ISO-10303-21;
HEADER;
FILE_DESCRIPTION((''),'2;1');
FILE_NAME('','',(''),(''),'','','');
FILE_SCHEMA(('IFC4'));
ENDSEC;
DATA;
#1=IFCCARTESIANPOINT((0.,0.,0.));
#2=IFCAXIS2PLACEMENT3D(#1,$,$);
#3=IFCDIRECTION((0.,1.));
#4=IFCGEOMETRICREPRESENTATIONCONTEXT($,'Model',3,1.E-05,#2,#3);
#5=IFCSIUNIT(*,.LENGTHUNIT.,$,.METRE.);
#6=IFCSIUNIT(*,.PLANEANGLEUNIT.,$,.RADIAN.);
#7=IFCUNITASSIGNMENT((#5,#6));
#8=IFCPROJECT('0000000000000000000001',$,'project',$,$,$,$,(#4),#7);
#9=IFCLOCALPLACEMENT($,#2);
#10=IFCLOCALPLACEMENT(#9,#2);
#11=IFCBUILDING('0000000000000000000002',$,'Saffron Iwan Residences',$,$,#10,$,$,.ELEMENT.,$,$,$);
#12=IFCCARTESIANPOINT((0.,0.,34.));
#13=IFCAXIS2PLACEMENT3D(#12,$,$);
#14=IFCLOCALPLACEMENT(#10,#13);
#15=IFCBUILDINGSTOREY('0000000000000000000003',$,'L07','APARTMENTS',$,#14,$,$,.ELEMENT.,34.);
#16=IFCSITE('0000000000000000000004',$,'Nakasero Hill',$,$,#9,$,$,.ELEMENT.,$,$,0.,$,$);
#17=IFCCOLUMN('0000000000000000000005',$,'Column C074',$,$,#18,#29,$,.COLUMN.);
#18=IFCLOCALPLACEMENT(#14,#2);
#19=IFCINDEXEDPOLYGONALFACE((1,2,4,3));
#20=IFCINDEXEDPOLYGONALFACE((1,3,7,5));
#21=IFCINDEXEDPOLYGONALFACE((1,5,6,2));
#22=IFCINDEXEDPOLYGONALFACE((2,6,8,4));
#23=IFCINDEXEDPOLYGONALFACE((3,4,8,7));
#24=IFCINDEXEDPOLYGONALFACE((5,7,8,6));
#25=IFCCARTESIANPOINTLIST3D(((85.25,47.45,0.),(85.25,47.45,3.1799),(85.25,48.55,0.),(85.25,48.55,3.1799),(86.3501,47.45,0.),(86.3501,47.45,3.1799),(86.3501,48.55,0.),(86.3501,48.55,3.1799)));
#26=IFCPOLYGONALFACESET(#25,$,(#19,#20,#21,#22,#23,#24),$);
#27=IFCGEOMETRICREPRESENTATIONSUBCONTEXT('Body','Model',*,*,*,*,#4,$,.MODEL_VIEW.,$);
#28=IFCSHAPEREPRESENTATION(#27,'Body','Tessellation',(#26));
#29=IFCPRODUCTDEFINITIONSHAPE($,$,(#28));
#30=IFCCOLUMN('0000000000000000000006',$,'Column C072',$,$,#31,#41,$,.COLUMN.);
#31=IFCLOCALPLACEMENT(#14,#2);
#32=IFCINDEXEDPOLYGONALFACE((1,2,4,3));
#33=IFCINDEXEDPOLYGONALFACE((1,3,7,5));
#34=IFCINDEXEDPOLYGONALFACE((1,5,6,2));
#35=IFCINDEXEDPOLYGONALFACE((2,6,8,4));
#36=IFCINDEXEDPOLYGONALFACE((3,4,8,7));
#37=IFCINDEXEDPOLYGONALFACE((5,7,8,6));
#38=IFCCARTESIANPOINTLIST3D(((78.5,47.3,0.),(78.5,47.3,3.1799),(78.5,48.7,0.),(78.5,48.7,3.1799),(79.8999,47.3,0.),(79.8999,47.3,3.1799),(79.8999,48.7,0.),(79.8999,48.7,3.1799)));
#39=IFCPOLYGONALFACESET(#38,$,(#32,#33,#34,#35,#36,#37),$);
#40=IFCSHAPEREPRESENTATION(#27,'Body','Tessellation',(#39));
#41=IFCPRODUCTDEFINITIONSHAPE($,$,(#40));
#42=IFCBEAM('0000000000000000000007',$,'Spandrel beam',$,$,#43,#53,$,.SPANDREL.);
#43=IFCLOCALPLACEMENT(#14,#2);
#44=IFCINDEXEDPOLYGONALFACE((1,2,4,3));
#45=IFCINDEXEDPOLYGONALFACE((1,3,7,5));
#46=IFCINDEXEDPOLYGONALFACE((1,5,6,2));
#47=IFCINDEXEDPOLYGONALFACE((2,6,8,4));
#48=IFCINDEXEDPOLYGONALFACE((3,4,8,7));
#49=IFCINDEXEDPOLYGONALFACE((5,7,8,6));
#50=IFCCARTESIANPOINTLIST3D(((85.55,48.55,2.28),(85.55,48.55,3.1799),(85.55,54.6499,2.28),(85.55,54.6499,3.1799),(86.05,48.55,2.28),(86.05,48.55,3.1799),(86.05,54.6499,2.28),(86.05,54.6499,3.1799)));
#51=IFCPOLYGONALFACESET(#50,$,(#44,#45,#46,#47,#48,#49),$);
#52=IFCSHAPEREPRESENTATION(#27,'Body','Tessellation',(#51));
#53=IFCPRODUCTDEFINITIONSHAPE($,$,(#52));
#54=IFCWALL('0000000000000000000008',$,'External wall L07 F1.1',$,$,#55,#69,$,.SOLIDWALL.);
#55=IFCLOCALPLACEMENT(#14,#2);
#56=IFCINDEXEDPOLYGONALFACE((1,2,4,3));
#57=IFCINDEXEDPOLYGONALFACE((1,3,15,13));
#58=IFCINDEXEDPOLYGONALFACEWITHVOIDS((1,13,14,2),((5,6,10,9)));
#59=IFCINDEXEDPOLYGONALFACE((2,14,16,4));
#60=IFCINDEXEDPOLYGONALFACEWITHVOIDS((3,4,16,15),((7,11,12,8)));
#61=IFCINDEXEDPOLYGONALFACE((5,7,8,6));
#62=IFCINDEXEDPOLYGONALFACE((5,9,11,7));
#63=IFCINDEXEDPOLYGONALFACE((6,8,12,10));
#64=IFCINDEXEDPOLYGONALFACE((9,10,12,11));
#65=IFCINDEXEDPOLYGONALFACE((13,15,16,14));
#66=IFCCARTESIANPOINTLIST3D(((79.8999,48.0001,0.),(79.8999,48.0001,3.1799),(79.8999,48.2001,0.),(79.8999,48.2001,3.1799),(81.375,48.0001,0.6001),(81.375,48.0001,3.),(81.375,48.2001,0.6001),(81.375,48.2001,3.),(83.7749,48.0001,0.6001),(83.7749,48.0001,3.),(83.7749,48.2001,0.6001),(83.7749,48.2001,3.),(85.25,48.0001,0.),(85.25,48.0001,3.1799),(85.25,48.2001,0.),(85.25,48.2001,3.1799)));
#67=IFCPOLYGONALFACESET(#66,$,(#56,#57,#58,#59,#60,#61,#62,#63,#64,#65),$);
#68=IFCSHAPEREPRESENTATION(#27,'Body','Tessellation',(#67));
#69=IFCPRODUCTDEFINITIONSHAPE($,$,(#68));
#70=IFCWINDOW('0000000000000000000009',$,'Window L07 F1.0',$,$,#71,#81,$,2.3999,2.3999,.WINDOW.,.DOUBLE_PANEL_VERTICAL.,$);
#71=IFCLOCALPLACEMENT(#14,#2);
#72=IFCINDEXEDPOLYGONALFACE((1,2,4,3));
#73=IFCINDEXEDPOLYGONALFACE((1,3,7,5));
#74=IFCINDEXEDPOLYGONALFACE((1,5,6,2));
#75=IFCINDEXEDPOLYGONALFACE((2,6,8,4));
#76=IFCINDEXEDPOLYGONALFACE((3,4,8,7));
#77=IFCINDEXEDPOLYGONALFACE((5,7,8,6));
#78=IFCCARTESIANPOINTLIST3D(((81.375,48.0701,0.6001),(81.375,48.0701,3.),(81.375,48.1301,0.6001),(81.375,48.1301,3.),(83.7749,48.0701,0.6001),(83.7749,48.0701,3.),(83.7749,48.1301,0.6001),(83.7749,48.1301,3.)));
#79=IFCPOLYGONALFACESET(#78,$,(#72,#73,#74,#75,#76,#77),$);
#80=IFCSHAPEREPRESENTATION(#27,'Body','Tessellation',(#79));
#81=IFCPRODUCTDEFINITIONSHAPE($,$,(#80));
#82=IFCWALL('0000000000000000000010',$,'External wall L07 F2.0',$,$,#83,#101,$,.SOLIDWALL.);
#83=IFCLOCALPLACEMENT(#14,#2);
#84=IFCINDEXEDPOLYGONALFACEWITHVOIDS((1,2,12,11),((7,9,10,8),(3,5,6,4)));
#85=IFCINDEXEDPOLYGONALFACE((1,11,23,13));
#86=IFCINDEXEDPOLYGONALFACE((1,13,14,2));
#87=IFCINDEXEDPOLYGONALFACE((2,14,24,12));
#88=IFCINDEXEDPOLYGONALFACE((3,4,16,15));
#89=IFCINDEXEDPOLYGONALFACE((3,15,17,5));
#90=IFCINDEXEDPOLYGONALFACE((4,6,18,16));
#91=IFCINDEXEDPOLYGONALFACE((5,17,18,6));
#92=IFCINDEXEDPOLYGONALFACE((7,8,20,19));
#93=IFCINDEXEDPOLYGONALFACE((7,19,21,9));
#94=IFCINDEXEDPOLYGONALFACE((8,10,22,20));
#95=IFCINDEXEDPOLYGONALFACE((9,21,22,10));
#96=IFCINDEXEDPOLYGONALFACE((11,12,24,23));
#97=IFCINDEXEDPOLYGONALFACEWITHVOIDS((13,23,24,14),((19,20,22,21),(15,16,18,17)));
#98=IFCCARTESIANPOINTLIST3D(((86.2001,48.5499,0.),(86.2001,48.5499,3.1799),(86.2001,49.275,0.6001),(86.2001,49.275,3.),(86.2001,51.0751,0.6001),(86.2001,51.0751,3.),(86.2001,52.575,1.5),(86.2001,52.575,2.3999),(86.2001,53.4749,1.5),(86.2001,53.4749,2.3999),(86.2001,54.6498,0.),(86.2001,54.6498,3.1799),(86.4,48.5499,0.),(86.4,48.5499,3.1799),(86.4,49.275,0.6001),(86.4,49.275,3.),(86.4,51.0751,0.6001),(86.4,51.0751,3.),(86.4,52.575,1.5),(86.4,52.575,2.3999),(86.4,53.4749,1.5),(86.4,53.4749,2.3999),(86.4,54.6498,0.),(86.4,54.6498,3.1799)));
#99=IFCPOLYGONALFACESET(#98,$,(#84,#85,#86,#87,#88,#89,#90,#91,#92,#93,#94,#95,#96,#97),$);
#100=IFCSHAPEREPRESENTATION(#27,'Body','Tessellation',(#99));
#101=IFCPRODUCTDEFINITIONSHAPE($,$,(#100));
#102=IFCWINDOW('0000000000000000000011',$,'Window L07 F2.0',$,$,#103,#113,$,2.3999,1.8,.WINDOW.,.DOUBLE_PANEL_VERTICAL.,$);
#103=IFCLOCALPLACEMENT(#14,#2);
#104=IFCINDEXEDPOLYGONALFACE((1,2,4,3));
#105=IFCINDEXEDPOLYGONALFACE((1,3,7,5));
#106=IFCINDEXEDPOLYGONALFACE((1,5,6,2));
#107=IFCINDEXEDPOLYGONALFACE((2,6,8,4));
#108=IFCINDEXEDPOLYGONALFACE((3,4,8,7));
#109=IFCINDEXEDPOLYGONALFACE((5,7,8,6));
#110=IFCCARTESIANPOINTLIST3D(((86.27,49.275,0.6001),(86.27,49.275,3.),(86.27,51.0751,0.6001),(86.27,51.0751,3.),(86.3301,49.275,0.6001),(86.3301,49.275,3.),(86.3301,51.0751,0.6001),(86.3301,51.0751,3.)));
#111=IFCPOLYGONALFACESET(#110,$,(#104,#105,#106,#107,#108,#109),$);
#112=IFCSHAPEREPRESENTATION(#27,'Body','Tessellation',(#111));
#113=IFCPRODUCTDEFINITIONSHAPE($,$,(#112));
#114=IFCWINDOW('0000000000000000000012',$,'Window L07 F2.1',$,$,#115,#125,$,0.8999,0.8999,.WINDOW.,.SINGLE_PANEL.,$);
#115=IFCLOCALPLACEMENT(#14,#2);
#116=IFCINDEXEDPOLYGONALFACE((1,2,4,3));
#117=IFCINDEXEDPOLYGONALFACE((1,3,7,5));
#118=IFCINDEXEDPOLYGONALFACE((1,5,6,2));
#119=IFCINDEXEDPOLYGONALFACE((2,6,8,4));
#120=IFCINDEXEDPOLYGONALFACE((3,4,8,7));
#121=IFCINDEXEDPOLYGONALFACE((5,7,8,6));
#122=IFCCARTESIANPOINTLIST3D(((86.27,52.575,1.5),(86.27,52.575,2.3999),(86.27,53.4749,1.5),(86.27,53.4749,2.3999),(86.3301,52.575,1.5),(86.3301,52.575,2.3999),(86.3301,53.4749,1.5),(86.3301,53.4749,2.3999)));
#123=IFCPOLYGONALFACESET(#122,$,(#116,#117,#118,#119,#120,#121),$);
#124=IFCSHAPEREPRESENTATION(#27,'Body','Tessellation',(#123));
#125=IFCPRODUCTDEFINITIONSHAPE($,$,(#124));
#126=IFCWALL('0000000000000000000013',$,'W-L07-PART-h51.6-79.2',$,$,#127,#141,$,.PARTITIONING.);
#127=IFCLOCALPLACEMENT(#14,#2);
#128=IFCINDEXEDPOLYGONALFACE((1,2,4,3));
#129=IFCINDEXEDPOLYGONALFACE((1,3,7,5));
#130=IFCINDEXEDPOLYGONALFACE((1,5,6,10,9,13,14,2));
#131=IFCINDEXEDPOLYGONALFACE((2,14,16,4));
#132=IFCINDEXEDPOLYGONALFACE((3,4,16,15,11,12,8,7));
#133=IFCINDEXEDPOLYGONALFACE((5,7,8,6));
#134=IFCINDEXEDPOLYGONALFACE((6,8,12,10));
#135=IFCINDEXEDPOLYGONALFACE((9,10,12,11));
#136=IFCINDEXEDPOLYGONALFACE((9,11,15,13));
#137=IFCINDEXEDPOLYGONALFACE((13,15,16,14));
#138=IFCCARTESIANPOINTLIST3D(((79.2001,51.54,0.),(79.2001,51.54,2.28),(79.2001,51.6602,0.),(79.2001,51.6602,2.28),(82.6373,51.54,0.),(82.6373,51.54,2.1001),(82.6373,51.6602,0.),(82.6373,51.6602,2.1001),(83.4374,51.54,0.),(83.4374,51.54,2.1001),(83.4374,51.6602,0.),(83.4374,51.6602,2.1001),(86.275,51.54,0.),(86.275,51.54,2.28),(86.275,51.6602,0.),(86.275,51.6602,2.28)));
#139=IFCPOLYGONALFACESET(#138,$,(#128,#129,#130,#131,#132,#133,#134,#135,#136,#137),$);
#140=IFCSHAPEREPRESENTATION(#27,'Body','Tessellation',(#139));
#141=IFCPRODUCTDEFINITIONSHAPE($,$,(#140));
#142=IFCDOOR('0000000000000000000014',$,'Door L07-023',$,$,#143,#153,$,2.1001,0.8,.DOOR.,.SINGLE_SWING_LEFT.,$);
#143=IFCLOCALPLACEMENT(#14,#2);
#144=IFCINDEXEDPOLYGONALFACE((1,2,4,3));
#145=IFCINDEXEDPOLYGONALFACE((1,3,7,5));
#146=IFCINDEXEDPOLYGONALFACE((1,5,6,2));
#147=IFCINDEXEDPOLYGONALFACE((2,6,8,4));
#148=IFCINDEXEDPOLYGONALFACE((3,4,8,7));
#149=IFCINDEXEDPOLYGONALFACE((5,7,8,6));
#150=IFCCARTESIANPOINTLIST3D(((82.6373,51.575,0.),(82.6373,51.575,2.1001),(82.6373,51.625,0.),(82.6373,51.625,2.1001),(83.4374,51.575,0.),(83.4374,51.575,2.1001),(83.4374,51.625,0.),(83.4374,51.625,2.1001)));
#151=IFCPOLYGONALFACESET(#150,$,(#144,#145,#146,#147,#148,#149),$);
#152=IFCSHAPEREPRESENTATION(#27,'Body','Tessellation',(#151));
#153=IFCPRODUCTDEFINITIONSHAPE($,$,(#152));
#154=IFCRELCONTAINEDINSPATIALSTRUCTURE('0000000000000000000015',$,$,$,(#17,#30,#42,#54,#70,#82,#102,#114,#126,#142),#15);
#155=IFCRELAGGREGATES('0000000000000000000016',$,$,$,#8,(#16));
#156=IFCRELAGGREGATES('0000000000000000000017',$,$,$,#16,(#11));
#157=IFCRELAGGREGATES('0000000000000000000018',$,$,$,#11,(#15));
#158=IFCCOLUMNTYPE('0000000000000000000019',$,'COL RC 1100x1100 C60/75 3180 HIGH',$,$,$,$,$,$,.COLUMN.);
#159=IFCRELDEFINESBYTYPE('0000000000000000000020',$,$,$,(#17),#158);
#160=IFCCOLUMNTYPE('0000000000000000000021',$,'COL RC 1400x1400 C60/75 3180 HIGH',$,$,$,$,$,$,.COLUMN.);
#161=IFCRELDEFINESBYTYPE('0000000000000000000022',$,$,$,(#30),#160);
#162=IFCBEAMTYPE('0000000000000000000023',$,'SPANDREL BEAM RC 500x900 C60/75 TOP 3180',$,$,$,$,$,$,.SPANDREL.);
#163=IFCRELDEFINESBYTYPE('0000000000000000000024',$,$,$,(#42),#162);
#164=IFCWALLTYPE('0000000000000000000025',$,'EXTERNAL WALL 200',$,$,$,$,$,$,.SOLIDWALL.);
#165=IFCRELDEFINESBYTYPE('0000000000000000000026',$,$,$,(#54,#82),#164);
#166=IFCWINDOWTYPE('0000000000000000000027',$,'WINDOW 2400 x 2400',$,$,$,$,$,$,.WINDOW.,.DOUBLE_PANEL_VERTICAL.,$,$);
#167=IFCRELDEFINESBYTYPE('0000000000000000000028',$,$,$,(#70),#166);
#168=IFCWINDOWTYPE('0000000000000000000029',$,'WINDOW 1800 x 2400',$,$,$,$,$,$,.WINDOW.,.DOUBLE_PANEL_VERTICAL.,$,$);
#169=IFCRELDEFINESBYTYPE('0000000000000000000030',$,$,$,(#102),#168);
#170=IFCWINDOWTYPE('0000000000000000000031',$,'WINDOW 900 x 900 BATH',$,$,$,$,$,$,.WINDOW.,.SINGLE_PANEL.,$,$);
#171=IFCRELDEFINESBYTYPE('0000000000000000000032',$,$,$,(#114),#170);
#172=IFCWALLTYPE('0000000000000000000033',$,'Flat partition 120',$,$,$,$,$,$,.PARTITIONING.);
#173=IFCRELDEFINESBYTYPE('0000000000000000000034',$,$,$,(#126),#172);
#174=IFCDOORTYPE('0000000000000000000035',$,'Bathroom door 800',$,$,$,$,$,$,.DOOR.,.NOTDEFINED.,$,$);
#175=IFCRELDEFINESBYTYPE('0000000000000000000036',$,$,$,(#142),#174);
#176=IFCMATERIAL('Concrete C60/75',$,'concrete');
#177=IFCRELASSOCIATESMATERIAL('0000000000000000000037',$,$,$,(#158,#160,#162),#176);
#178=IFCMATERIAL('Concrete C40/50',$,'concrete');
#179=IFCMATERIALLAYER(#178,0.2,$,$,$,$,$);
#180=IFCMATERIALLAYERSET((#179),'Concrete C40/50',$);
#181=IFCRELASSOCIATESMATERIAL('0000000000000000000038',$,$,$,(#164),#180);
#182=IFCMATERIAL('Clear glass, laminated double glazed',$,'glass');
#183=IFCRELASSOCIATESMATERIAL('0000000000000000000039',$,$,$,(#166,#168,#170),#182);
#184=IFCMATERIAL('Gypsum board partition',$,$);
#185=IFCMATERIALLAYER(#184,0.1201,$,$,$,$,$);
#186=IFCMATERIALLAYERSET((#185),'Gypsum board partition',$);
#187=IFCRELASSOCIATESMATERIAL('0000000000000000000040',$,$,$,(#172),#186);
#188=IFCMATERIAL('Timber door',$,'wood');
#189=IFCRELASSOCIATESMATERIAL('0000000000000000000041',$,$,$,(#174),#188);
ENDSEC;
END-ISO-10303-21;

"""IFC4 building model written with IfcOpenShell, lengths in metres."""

from ifc_helpers import new_model, si_unit, direction, frame, frame_2d, origin, origin_2d, place, context, subcontext, project, spatial, rectangle, extrude, source, transform, mapped, material, layer, layer_set, material_profile, profile_set, type_object, element, fill, save


model = new_model("IFC4")

# Units and contexts
model_context = context("Model", 3, precision=1e-05, world=origin(), true_north=direction((0.0, 1.0)))
body_context = subcontext(model_context, "Body", "Model", "MODEL_VIEW")
ifc_project = project(units=[si_unit("LENGTHUNIT", "METRE"), si_unit("PLANEANGLEUNIT", "RADIAN")], contexts=[model_context])

# Site, building, storey
site_placement = place(None, origin())
site = spatial("IfcSite", under=ifc_project, at=site_placement, Name="Nakasero Hill", CompositionType="ELEMENT", RefElevation=0.0)
building_placement = place(site_placement, origin())
building = spatial("IfcBuilding", under=site, at=building_placement, Name="Saffron Iwan Residences", CompositionType="ELEMENT")
storey_placement = place(building_placement, frame((0.0, 0.0, 34.0)))
storey = spatial("IfcBuildingStorey", under=building, at=storey_placement, Name="L07", Description="APARTMENTS", CompositionType="ELEMENT", Elevation=34.0)

# Columns
ifc_material_1 = material(Name="Concrete C60/75", Category="concrete")
ifc_material_profile_1 = material_profile(ifc_material_1, rectangle(XDim=1.1001, YDim=1.1001, at=origin_2d()), Name="RC 1100x1100")
ifc_profile_set_1 = profile_set([ifc_material_profile_1], Name="Concrete C60/75")
column_type_1 = type_object("IfcColumnType", Name="COL RC 1100x1100 C60/75 3180 HIGH", PredefinedType="COLUMN", material=ifc_profile_set_1)
shared_shape_1 = source(origin(), body_context, "Body", "SweptSolid", [
    extrude(rectangle(XDim=1.1001, YDim=1.1001, at=origin_2d()), origin(), (0.0, 0.0, 1.0), 3.1799),
])
column_1_placement = place(storey_placement, frame((85.8, 48.0, 0.0), z_axis=(0.0, 0.0, 1.0), x_axis=(1.0, 0.0, 0.0)))
element("IfcColumn", 1, at=column_1_placement, inside=storey, type_object=column_type_1, Name="Column C074", PredefinedType="COLUMN", context=body_context, shape_type="MappedRepresentation", body=[
    mapped(shared_shape_1, transform((0.0, 0.0, 0.0))),
])
ifc_material_profile_2 = material_profile(ifc_material_1, rectangle(XDim=1.3999, YDim=1.3999, at=origin_2d()), Name="RC 1400x1400")
ifc_profile_set_2 = profile_set([ifc_material_profile_2], Name="Concrete C60/75")
column_type_2 = type_object("IfcColumnType", Name="COL RC 1400x1400 C60/75 3180 HIGH", PredefinedType="COLUMN", material=ifc_profile_set_2)
shared_shape_2 = source(origin(), body_context, "Body", "SweptSolid", [
    extrude(rectangle(XDim=1.3999, YDim=1.3999, at=origin_2d()), origin(), (0.0, 0.0, 1.0), 3.1799),
])
column_2_placement = place(storey_placement, frame((79.2, 48.0, 0.0), z_axis=(0.0, 0.0, 1.0), x_axis=(1.0, 0.0, 0.0)))
element("IfcColumn", 2, at=column_2_placement, inside=storey, type_object=column_type_2, Name="Column C072", PredefinedType="COLUMN", context=body_context, shape_type="MappedRepresentation", body=[
    mapped(shared_shape_2, transform((0.0, 0.0, 0.0))),
])

# Beam
ifc_material_profile_3 = material_profile(ifc_material_1, rectangle(XDim=0.5, YDim=0.8999, at=origin_2d()), Name="RC 500x900")
ifc_profile_set_3 = profile_set([ifc_material_profile_3], Name="Concrete C60/75")
beam_type = type_object("IfcBeamType", Name="SPANDREL BEAM RC 500x900 C60/75 TOP 3180", PredefinedType="SPANDREL", material=ifc_profile_set_3)
shared_shape_3 = source(origin(), body_context, "Body", "SweptSolid", [
    extrude(rectangle(XDim=0.5, YDim=0.8999, at=origin_2d()), origin(), (0.0, 0.0, 1.0), 6.0999),
])
beam_placement = place(storey_placement, frame((85.8, 54.6499, 2.73), z_axis=(0.0, -1.0, 0.0), x_axis=(1.0, 0.0, 0.0)))
element("IfcBeam", 3, at=beam_placement, inside=storey, type_object=beam_type, Name="Spandrel beam", PredefinedType="SPANDREL", context=body_context, shape_type="MappedRepresentation", body=[
    mapped(shared_shape_3, transform((0.0, 0.0, 0.0))),
])

# Wall, opening, window
ifc_material_2 = material(Name="Concrete C40/50", Category="concrete")
ifc_layer_1 = layer(ifc_material_2, 0.2)
ifc_layer_set_1 = layer_set([ifc_layer_1], Name="Concrete C40/50")
wall_type_1 = type_object("IfcWallType", Name="EXTERNAL WALL 200", PredefinedType="SOLIDWALL", material=ifc_layer_set_1)
wall_1_placement = place(storey_placement, frame((79.8999, 48.1001, 0.0), z_axis=(0.0, 0.0, 1.0), x_axis=(1.0, 0.0, 0.0)))
wall_1 = element("IfcWall", 4, at=wall_1_placement, inside=storey, type_object=wall_type_1, Name="External wall L07 F1.1", PredefinedType="SOLIDWALL", context=body_context, shape_type="SweptSolid", body=[
    extrude(rectangle(XDim=5.3501, YDim=0.2, at=frame_2d((2.675, 0.0))), origin(), (0.0, 0.0, 1.0), 3.1799),
])
opening_1_placement = place(wall_1_placement, frame((1.4751, 0.0, 0.6001)))
opening_1 = element("IfcOpeningElement", 5, at=opening_1_placement, cuts=wall_1, PredefinedType="OPENING", context=body_context, shape_type="SweptSolid", body=[
    extrude(rectangle(XDim=2.3999, YDim=2.3999, at=frame_2d((1.2, 1.2))), frame((0.0, 0.1099, 0.0), z_axis=(0.0, -1.0, 0.0), x_axis=(1.0, 0.0, 0.0)), (0.0, 0.0, 1.0), 0.22),
])
ifc_material_3 = material(Name="Clear glass, laminated double glazed", Category="glass")
window_type_1 = type_object("IfcWindowType", Name="WINDOW 2400 x 2400", PartitioningType="DOUBLE_PANEL_VERTICAL", PredefinedType="WINDOW", material=ifc_material_3)
window_1_placement = place(opening_1_placement, origin())
window_1 = element("IfcWindow", 6, at=window_1_placement, inside=storey, type_object=window_type_1, Name="Window L07 F1.0", OverallHeight=2.3999, OverallWidth=2.3999, PartitioningType="DOUBLE_PANEL_VERTICAL", PredefinedType="WINDOW", context=body_context, shape_type="SweptSolid", body=[
    extrude(rectangle(XDim=2.3999, YDim=2.3999, at=frame_2d((1.2, 1.2))), frame((0.0, 0.03, 0.0), z_axis=(0.0, -1.0, 0.0), x_axis=(1.0, 0.0, 0.0)), (0.0, 0.0, 1.0), 0.0601),
])
fill(opening_1, window_1)

# Wall, openings, windows
wall_2_placement = place(storey_placement, frame((86.3, 48.55, 0.0), z_axis=(0.0, 0.0, 1.0), x_axis=(0.0, 1.0, 0.0)))
wall_2 = element("IfcWall", 7, at=wall_2_placement, inside=storey, type_object=wall_type_1, Name="External wall L07 F2.0", PredefinedType="SOLIDWALL", context=body_context, shape_type="SweptSolid", body=[
    extrude(rectangle(XDim=6.0999, YDim=0.2, at=frame_2d((3.0498, 0.0))), origin(), (0.0, 0.0, 1.0), 3.1799),
])
opening_2_placement = place(wall_2_placement, frame((0.7251, 0.0, 0.6001)))
opening_2 = element("IfcOpeningElement", 8, at=opening_2_placement, cuts=wall_2, PredefinedType="OPENING", context=body_context, shape_type="SweptSolid", body=[
    extrude(rectangle(XDim=1.8, YDim=2.3999, at=frame_2d((0.8999, 1.2))), frame((0.0, 0.1099, 0.0), z_axis=(0.0, -1.0, 0.0), x_axis=(1.0, 0.0, 0.0)), (0.0, 0.0, 1.0), 0.22),
])
opening_3_placement = place(wall_2_placement, frame((4.0249, 0.0, 1.5)))
opening_3 = element("IfcOpeningElement", 9, at=opening_3_placement, cuts=wall_2, PredefinedType="OPENING", context=body_context, shape_type="SweptSolid", body=[
    extrude(rectangle(XDim=0.8999, YDim=0.8999, at=frame_2d((0.45, 0.45))), frame((0.0, 0.1099, 0.0), z_axis=(0.0, -1.0, 0.0), x_axis=(1.0, 0.0, 0.0)), (0.0, 0.0, 1.0), 0.22),
])
window_type_2 = type_object("IfcWindowType", Name="WINDOW 1800 x 2400", PartitioningType="DOUBLE_PANEL_VERTICAL", PredefinedType="WINDOW", material=ifc_material_3)
window_2_placement = place(opening_2_placement, origin())
window_2 = element("IfcWindow", 10, at=window_2_placement, inside=storey, type_object=window_type_2, Name="Window L07 F2.0", OverallHeight=2.3999, OverallWidth=1.8, PartitioningType="DOUBLE_PANEL_VERTICAL", PredefinedType="WINDOW", context=body_context, shape_type="SweptSolid", body=[
    extrude(rectangle(XDim=1.8, YDim=2.3999, at=frame_2d((0.8999, 1.2))), frame((0.0, 0.03, 0.0), z_axis=(0.0, -1.0, 0.0), x_axis=(1.0, 0.0, 0.0)), (0.0, 0.0, 1.0), 0.0601),
])
fill(opening_2, window_2)
window_type_3 = type_object("IfcWindowType", Name="WINDOW 900 x 900 BATH", PartitioningType="SINGLE_PANEL", PredefinedType="WINDOW", material=ifc_material_3)
window_3_placement = place(opening_3_placement, origin())
window_3 = element("IfcWindow", 11, at=window_3_placement, inside=storey, type_object=window_type_3, Name="Window L07 F2.1", OverallHeight=0.8999, OverallWidth=0.8999, PartitioningType="SINGLE_PANEL", PredefinedType="WINDOW", context=body_context, shape_type="SweptSolid", body=[
    extrude(rectangle(XDim=0.8999, YDim=0.8999, at=frame_2d((0.45, 0.45))), frame((0.0, 0.03, 0.0), z_axis=(0.0, -1.0, 0.0), x_axis=(1.0, 0.0, 0.0)), (0.0, 0.0, 1.0), 0.0601),
])
fill(opening_3, window_3)

# Wall, opening, door
ifc_material_4 = material(Name="Gypsum board partition")
ifc_layer_2 = layer(ifc_material_4, 0.1201)
ifc_layer_set_2 = layer_set([ifc_layer_2], Name="Gypsum board partition")
wall_type_2 = type_object("IfcWallType", Name="Flat partition 120", PredefinedType="PARTITIONING", material=ifc_layer_set_2)
wall_3_placement = place(storey_placement, frame((79.2, 51.6001, 0.0), z_axis=(0.0, 0.0, 1.0), x_axis=(1.0, 0.0, 0.0)))
wall_3 = element("IfcWall", 12, at=wall_3_placement, inside=storey, type_object=wall_type_2, Name="W-L07-PART-h51.6-79.2", PredefinedType="PARTITIONING", context=body_context, shape_type="SweptSolid", body=[
    extrude(rectangle(XDim=7.075, YDim=0.1201, at=frame_2d((3.5376, 0.0))), origin(), (0.0, 0.0, 1.0), 2.28),
])
opening_4_placement = place(wall_3_placement, frame((3.4375, 0.0, 0.0)))
opening_4 = element("IfcOpeningElement", 13, at=opening_4_placement, cuts=wall_3, PredefinedType="OPENING", context=body_context, shape_type="SweptSolid", body=[
    extrude(rectangle(XDim=0.8, YDim=2.1001, at=frame_2d((0.3999, 1.05))), frame((0.0, 0.0701, 0.0), z_axis=(0.0, -1.0, 0.0), x_axis=(1.0, 0.0, 0.0)), (0.0, 0.0, 1.0), 0.1401),
])
ifc_material_5 = material(Name="Timber door", Category="wood")
door_type_1 = type_object("IfcDoorType", Name="Bathroom door 800", OperationType="NOTDEFINED", PredefinedType="DOOR", material=ifc_material_5)
door_1_placement = place(opening_4_placement, origin())
door_1 = element("IfcDoor", 14, at=door_1_placement, inside=storey, type_object=door_type_1, Name="Door L07-023", OperationType="SINGLE_SWING_LEFT", OverallHeight=2.1001, OverallWidth=0.8, PredefinedType="DOOR", context=body_context, shape_type="SweptSolid", body=[
    extrude(rectangle(XDim=0.8, YDim=2.1001, at=frame_2d((0.3999, 1.05))), frame((0.0, 0.0249, 0.0), z_axis=(0.0, -1.0, 0.0), x_axis=(1.0, 0.0, 0.0)), (0.0, 0.0, 1.0), 0.05),
])
fill(opening_4, door_1)

save(model, "model.ifc")
